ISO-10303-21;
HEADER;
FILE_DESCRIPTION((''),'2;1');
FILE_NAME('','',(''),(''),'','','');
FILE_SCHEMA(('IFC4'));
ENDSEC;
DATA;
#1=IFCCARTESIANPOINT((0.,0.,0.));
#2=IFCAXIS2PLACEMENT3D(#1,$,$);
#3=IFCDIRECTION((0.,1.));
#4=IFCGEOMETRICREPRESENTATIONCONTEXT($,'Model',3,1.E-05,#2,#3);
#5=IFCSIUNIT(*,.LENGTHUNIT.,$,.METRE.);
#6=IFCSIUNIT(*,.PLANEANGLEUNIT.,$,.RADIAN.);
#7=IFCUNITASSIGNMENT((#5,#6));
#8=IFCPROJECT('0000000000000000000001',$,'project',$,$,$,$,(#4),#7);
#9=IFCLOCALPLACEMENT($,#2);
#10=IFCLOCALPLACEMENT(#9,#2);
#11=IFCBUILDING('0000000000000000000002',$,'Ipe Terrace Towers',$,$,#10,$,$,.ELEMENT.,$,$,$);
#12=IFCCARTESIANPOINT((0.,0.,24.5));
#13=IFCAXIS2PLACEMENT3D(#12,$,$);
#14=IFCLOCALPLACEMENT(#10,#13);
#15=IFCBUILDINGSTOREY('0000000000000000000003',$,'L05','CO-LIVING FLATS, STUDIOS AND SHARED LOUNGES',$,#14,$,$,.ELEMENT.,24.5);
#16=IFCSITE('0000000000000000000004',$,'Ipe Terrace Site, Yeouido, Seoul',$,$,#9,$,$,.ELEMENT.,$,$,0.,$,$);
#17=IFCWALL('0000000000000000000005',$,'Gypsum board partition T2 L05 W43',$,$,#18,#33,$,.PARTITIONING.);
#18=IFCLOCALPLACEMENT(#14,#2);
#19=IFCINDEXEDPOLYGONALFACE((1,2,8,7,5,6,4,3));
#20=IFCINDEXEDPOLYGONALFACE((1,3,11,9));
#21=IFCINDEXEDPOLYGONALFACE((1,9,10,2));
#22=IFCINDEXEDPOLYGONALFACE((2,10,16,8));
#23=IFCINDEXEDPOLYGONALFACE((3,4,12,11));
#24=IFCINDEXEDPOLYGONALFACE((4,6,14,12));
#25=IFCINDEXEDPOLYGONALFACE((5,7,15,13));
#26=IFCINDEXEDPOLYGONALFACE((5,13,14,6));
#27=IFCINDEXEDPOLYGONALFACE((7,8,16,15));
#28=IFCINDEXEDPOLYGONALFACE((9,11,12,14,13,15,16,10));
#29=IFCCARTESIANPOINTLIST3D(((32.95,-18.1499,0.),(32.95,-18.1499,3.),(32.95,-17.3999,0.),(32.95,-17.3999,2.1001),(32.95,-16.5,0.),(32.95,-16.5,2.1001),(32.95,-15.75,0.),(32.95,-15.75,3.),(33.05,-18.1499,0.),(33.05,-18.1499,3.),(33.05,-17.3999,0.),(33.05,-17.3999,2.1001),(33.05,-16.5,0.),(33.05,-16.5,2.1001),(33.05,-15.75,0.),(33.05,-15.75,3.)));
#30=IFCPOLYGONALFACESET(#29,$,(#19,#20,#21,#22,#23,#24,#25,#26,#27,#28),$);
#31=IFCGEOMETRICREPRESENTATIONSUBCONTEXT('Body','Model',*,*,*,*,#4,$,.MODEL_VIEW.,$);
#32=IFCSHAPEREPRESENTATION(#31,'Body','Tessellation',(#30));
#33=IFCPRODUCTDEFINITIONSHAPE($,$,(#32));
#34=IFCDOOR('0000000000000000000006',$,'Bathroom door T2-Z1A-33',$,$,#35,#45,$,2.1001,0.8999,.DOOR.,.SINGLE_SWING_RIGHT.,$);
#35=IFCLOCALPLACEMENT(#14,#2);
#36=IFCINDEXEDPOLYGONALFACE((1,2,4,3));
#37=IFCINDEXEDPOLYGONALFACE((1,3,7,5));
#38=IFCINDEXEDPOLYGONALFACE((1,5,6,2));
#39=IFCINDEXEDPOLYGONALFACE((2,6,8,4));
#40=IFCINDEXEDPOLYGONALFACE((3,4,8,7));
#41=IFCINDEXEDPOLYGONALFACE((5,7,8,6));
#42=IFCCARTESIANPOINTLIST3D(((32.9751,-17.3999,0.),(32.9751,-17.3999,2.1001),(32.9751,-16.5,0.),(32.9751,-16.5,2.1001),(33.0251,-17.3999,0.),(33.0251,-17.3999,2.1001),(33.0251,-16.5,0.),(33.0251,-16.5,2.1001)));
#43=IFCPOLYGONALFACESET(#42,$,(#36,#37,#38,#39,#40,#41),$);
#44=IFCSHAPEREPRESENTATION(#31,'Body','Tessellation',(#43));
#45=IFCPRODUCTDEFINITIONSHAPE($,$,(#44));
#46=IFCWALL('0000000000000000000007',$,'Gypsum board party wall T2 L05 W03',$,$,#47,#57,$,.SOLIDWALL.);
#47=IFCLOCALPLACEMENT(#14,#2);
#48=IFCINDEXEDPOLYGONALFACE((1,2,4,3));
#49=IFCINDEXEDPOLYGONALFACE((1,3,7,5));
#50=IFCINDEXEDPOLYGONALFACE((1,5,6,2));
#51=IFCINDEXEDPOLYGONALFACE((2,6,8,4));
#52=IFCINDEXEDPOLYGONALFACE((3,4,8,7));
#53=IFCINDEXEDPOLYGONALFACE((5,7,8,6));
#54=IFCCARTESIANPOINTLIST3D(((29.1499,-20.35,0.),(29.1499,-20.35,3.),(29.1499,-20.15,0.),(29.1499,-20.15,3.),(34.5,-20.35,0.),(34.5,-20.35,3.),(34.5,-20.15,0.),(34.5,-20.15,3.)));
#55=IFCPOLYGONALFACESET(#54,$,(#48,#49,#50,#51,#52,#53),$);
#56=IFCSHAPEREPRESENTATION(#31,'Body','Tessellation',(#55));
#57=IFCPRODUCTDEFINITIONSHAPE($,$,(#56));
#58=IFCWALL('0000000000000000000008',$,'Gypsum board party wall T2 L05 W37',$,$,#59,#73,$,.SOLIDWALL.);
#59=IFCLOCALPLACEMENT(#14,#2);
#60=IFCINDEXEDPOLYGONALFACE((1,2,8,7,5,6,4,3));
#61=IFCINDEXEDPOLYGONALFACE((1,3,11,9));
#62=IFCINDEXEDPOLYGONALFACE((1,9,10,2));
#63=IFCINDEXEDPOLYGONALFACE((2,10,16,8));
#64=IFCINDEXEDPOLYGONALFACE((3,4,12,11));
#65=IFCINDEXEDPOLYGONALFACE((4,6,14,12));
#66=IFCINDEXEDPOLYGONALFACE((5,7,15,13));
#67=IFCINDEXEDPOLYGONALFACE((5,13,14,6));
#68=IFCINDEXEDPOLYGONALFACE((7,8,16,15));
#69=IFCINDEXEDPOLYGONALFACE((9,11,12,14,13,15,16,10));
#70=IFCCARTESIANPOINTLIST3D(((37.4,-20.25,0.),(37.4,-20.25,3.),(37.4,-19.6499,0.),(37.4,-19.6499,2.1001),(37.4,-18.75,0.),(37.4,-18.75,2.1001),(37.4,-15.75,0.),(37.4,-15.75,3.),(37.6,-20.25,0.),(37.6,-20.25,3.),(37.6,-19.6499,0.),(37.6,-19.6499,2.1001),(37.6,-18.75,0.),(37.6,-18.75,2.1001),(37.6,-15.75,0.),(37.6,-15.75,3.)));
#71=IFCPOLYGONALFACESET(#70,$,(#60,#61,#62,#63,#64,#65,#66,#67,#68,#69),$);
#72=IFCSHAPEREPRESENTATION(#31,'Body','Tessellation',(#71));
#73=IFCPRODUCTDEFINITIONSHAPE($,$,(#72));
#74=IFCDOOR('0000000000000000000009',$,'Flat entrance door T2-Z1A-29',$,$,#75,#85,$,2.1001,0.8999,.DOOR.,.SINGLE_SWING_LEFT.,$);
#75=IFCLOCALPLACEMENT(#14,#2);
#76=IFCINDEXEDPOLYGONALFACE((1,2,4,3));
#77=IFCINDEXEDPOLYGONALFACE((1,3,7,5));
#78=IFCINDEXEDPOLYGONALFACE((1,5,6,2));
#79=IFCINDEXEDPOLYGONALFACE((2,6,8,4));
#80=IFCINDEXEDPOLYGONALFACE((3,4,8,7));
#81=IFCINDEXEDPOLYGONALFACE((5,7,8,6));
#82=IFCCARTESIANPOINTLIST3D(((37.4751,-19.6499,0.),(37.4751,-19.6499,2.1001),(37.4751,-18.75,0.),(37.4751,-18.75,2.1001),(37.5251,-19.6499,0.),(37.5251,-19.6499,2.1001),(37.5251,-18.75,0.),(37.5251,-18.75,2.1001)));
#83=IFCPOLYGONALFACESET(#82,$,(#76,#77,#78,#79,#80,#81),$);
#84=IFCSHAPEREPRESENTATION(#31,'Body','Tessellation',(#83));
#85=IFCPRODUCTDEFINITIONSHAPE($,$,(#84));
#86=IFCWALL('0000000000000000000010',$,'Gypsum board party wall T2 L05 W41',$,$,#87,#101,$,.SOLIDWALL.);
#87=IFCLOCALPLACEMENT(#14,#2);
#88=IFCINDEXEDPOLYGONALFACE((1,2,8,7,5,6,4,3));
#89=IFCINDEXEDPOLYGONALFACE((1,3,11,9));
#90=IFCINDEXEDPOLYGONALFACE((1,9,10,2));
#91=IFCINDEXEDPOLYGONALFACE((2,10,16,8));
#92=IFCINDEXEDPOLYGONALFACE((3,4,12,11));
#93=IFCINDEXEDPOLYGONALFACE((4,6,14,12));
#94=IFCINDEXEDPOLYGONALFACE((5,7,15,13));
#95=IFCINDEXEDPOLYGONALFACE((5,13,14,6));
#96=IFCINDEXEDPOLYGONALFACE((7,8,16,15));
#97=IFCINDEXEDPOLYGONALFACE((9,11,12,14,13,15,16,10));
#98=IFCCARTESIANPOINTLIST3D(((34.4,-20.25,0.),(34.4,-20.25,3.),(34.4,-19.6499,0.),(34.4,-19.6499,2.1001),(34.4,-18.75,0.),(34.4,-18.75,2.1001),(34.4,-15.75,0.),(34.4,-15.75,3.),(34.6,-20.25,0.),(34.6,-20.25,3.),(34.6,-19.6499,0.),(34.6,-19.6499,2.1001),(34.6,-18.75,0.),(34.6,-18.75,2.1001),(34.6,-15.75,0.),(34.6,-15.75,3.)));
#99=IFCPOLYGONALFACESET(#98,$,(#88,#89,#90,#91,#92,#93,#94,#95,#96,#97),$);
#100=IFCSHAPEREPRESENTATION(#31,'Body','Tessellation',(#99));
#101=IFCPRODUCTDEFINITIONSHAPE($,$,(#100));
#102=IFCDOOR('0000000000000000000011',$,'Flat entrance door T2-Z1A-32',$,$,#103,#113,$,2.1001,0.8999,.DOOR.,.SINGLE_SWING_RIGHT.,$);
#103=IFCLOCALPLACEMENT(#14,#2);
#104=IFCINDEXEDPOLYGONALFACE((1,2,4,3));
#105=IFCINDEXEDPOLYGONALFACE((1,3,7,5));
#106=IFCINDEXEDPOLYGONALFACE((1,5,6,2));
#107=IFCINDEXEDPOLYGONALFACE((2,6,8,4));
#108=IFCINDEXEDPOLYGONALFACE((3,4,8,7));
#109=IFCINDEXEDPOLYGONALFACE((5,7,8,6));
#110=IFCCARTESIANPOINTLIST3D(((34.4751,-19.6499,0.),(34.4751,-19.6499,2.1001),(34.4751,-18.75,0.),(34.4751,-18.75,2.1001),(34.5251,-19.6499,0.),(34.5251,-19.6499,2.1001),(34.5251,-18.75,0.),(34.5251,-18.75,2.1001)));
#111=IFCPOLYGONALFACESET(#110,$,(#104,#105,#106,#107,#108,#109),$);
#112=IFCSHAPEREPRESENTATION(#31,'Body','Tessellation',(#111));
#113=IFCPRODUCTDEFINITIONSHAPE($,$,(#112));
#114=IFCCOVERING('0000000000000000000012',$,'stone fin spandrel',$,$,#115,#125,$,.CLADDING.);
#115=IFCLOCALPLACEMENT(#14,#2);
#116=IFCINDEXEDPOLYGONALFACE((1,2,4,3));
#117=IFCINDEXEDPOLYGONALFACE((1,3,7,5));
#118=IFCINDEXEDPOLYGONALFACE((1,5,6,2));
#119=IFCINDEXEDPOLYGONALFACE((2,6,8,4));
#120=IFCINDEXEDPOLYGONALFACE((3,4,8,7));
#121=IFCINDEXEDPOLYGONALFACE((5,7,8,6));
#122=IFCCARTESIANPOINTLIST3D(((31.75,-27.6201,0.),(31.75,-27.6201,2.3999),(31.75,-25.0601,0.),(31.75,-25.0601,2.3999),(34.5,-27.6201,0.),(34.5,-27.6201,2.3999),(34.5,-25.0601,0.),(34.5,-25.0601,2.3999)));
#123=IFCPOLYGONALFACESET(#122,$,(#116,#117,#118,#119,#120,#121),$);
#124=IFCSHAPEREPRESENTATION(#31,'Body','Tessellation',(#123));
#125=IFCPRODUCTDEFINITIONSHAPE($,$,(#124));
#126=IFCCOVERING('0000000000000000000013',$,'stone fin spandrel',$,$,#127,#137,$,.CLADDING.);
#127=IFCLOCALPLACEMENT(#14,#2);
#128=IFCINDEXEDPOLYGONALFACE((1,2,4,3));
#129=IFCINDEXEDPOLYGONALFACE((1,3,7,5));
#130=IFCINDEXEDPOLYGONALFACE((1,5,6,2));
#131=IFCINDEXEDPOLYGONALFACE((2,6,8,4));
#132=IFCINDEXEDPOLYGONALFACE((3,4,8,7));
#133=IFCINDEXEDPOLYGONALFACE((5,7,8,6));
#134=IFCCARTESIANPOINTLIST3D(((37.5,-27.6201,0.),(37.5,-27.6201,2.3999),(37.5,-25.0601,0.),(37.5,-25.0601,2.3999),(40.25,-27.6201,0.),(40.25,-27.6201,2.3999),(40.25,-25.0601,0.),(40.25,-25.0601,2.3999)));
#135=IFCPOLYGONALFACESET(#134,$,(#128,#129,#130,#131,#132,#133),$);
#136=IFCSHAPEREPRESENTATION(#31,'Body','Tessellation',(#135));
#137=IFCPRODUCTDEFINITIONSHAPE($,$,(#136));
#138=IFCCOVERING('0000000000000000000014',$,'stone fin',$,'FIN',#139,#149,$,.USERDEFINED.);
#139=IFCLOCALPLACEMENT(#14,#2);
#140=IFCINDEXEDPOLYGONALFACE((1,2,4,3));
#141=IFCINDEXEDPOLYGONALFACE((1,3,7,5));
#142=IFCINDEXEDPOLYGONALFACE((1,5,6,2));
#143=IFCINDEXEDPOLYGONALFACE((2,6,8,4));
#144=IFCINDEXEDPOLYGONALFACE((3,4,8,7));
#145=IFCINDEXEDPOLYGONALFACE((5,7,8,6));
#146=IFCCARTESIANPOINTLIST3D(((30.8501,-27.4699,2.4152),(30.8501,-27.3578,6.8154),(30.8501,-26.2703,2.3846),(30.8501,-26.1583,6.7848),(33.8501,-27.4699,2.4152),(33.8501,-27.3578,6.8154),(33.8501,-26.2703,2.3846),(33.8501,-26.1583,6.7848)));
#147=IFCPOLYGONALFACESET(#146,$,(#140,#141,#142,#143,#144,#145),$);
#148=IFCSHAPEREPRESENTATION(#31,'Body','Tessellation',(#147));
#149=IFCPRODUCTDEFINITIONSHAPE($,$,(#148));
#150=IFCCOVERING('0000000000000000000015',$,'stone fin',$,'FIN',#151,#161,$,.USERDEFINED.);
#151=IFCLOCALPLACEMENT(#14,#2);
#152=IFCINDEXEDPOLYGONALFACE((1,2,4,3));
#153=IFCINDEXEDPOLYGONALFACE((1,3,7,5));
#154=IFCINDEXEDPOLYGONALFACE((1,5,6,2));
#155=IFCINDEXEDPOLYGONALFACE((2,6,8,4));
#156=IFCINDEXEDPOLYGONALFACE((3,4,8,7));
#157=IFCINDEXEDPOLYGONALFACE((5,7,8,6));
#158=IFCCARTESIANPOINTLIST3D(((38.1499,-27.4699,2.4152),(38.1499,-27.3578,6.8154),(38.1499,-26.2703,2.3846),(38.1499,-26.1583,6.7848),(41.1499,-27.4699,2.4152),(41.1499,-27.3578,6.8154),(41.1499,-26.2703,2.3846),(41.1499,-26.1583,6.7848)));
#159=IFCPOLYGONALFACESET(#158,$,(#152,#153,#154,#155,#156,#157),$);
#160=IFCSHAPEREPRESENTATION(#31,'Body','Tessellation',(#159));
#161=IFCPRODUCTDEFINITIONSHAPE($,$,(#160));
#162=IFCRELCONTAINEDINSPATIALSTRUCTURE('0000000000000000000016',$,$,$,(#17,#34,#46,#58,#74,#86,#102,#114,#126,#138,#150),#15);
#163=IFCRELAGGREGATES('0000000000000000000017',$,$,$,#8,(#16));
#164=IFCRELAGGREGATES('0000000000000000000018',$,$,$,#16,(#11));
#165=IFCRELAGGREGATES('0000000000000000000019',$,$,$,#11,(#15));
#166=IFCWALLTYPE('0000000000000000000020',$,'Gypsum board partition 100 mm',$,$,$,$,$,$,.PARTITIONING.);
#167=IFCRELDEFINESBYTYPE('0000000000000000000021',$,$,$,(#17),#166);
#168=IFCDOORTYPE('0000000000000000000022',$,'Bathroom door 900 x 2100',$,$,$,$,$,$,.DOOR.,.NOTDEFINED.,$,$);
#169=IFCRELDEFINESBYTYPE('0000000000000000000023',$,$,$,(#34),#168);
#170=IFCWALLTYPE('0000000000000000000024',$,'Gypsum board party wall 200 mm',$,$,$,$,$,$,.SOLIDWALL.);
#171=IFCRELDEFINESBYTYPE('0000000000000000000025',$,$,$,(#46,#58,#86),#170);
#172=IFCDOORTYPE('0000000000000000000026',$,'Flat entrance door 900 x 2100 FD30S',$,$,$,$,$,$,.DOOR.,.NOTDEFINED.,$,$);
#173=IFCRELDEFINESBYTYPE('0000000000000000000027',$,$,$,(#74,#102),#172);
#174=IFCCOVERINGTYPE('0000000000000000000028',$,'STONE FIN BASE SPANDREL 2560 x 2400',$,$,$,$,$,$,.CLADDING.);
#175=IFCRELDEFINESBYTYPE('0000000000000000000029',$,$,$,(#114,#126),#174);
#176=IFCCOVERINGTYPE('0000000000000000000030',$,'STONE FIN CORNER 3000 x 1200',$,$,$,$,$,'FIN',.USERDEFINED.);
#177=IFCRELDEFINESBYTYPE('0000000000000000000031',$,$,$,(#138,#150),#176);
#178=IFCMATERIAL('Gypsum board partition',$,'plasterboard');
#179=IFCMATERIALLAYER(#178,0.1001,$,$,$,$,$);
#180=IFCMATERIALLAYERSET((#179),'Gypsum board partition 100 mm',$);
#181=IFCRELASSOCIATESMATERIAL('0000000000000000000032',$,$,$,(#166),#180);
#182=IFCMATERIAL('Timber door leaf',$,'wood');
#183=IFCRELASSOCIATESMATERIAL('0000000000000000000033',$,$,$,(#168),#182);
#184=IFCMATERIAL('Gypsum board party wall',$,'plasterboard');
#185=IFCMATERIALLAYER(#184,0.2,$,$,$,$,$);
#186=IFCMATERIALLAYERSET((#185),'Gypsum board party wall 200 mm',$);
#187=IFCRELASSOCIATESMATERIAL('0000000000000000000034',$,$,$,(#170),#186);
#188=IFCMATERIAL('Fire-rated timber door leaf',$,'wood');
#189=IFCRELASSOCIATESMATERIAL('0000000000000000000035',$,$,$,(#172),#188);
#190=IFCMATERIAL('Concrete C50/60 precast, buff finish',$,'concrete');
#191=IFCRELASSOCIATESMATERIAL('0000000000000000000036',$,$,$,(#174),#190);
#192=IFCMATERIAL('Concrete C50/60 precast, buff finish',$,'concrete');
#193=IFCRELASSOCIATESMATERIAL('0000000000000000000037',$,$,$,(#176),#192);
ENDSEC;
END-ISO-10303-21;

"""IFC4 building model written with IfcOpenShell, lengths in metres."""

from ifc_helpers import new_model, si_unit, direction, frame, frame_2d, origin, origin_2d, place, context, subcontext, project, spatial, rectangle, extrude, material, layer, layer_set, material_profile, profile_set, type_object, element, fill, save


model = new_model("IFC4")

# Units and contexts
model_context = context("Model", 3, precision=1e-05, world=origin(), true_north=direction((0.0, 1.0)))
body_context = subcontext(model_context, "Body", "Model", "MODEL_VIEW")
ifc_project = project(units=[si_unit("LENGTHUNIT", "METRE"), si_unit("PLANEANGLEUNIT", "RADIAN")], contexts=[model_context])

# Site, building, storey
site_placement = place(None, origin())
site = spatial("IfcSite", under=ifc_project, at=site_placement, Name="Ipe Terrace Site, Yeouido, Seoul", CompositionType="ELEMENT", RefElevation=0.0)
building_placement = place(site_placement, origin())
building = spatial("IfcBuilding", under=site, at=building_placement, Name="Ipe Terrace Towers", CompositionType="ELEMENT")
storey_placement = place(building_placement, frame((0.0, 0.0, 24.5)))
storey = spatial("IfcBuildingStorey", under=building, at=storey_placement, Name="L05", Description="CO-LIVING FLATS, STUDIOS AND SHARED LOUNGES", CompositionType="ELEMENT", Elevation=24.5)

# Shared definitions
ifc_material_1 = material(Name="Gypsum board partition", Category="plasterboard")
ifc_layer_1 = layer(ifc_material_1, 0.1001)
ifc_layer_set_1 = layer_set([ifc_layer_1], Name="Gypsum board partition 100 mm")
wall_type_1 = type_object("IfcWallType", Name="Gypsum board partition 100 mm", PredefinedType="PARTITIONING", material=ifc_layer_set_1)

# Wall, opening, door
wall_1_placement = place(storey_placement, frame((33.0, -18.1499, 0.0), z_axis=(0.0, 0.0, 1.0), x_axis=(0.0, 1.0, 0.0)))
wall_1 = element("IfcWall", 1, at=wall_1_placement, inside=storey, type_object=wall_type_1, Name="Gypsum board partition T2 L05 W43", PredefinedType="PARTITIONING", context=body_context, shape_type="SweptSolid", body=[
    extrude(rectangle(XDim=2.3999, YDim=0.1001, at=frame_2d((1.2, 0.0))), origin(), (0.0, 0.0, 1.0), 3.0),
])
opening_1_placement = place(wall_1_placement, frame((0.75, 0.0, 0.0)))
opening_1 = element("IfcOpeningElement", 2, at=opening_1_placement, cuts=wall_1, PredefinedType="OPENING", context=body_context, shape_type="SweptSolid", body=[
    extrude(rectangle(XDim=0.8999, YDim=2.1001, at=frame_2d((0.45, 1.05))), frame((0.0, 0.0601, 0.0), z_axis=(0.0, -1.0, 0.0), x_axis=(1.0, 0.0, 0.0)), (0.0, 0.0, 1.0), 0.1201),
])
ifc_material_2 = material(Name="Timber door leaf", Category="wood")
door_type_1 = type_object("IfcDoorType", Name="Bathroom door 900 x 2100", OperationType="NOTDEFINED", PredefinedType="DOOR", material=ifc_material_2)
door_1_placement = place(opening_1_placement, origin())
door_1 = element("IfcDoor", 3, at=door_1_placement, inside=storey, type_object=door_type_1, Name="Bathroom door T2-Z1A-33", OperationType="SINGLE_SWING_RIGHT", OverallHeight=2.1001, OverallWidth=0.8999, PredefinedType="DOOR", context=body_context, shape_type="SweptSolid", body=[
    extrude(rectangle(XDim=0.8999, YDim=2.1001, at=frame_2d((0.45, 1.05))), frame((0.0, 0.0249, 0.0), z_axis=(0.0, -1.0, 0.0), x_axis=(1.0, 0.0, 0.0)), (0.0, 0.0, 1.0), 0.05),
])
fill(opening_1, door_1)

# Wall
ifc_material_3 = material(Name="Gypsum board party wall", Category="plasterboard")
ifc_layer_2 = layer(ifc_material_3, 0.2)
ifc_layer_set_2 = layer_set([ifc_layer_2], Name="Gypsum board party wall 200 mm")
wall_type_2 = type_object("IfcWallType", Name="Gypsum board party wall 200 mm", PredefinedType="SOLIDWALL", material=ifc_layer_set_2)
wall_2_placement = place(storey_placement, frame((34.5, -20.25, 0.0), z_axis=(0.0, 0.0, 1.0), x_axis=(-1.0, 0.0, 0.0)))
element("IfcWall", 4, at=wall_2_placement, inside=storey, type_object=wall_type_2, Name="Gypsum board party wall T2 L05 W03", PredefinedType="SOLIDWALL", context=body_context, shape_type="SweptSolid", body=[
    extrude(rectangle(XDim=5.3501, YDim=0.2, at=frame_2d((2.675, 0.0))), origin(), (0.0, 0.0, 1.0), 3.0),
])

# Walls, openings, doors
wall_3_placement = place(storey_placement, frame((37.5, -20.25, 0.0), z_axis=(0.0, 0.0, 1.0), x_axis=(0.0, 1.0, 0.0)))
wall_3 = element("IfcWall", 5, at=wall_3_placement, inside=storey, type_object=wall_type_2, Name="Gypsum board party wall T2 L05 W37", PredefinedType="SOLIDWALL", context=body_context, shape_type="SweptSolid", body=[
    extrude(rectangle(XDim=4.5, YDim=0.2, at=frame_2d((2.25, 0.0))), origin(), (0.0, 0.0, 1.0), 3.0),
])
opening_2_placement = place(wall_3_placement, frame((0.6001, 0.0, 0.0)))
opening_2 = element("IfcOpeningElement", 6, at=opening_2_placement, cuts=wall_3, PredefinedType="OPENING", context=body_context, shape_type="SweptSolid", body=[
    extrude(rectangle(XDim=0.8999, YDim=2.1001, at=frame_2d((0.45, 1.05))), frame((0.0, 0.1099, 0.0), z_axis=(0.0, -1.0, 0.0), x_axis=(1.0, 0.0, 0.0)), (0.0, 0.0, 1.0), 0.22),
])
ifc_material_4 = material(Name="Fire-rated timber door leaf", Category="wood")
door_type_2 = type_object("IfcDoorType", Name="Flat entrance door 900 x 2100 FD30S", OperationType="NOTDEFINED", PredefinedType="DOOR", material=ifc_material_4)
door_2_placement = place(opening_2_placement, origin())
door_2 = element("IfcDoor", 7, at=door_2_placement, inside=storey, type_object=door_type_2, Name="Flat entrance door T2-Z1A-29", OperationType="SINGLE_SWING_LEFT", OverallHeight=2.1001, OverallWidth=0.8999, PredefinedType="DOOR", context=body_context, shape_type="SweptSolid", body=[
    extrude(rectangle(XDim=0.8999, YDim=2.1001, at=frame_2d((0.45, 1.05))), frame((0.0, 0.0249, 0.0), z_axis=(0.0, -1.0, 0.0), x_axis=(1.0, 0.0, 0.0)), (0.0, 0.0, 1.0), 0.05),
])
fill(opening_2, door_2)
wall_4_placement = place(storey_placement, frame((34.5, -20.25, 0.0), z_axis=(0.0, 0.0, 1.0), x_axis=(0.0, 1.0, 0.0)))
wall_4 = element("IfcWall", 8, at=wall_4_placement, inside=storey, type_object=wall_type_2, Name="Gypsum board party wall T2 L05 W41", PredefinedType="SOLIDWALL", context=body_context, shape_type="SweptSolid", body=[
    extrude(rectangle(XDim=4.5, YDim=0.2, at=frame_2d((2.25, 0.0))), origin(), (0.0, 0.0, 1.0), 3.0),
])
opening_3_placement = place(wall_4_placement, frame((0.6001, 0.0, 0.0)))
opening_3 = element("IfcOpeningElement", 9, at=opening_3_placement, cuts=wall_4, PredefinedType="OPENING", context=body_context, shape_type="SweptSolid", body=[
    extrude(rectangle(XDim=0.8999, YDim=2.1001, at=frame_2d((0.45, 1.05))), frame((0.0, 0.1099, 0.0), z_axis=(0.0, -1.0, 0.0), x_axis=(1.0, 0.0, 0.0)), (0.0, 0.0, 1.0), 0.22),
])
door_3_placement = place(opening_3_placement, origin())
door_3 = element("IfcDoor", 10, at=door_3_placement, inside=storey, type_object=door_type_2, Name="Flat entrance door T2-Z1A-32", OperationType="SINGLE_SWING_RIGHT", OverallHeight=2.1001, OverallWidth=0.8999, PredefinedType="DOOR", context=body_context, shape_type="SweptSolid", body=[
    extrude(rectangle(XDim=0.8999, YDim=2.1001, at=frame_2d((0.45, 1.05))), frame((0.0, 0.0249, 0.0), z_axis=(0.0, -1.0, 0.0), x_axis=(1.0, 0.0, 0.0)), (0.0, 0.0, 1.0), 0.05),
])
fill(opening_3, door_3)

# Coverings
ifc_material_5 = material(Name="Concrete C50/60 precast, buff finish", Category="concrete")
ifc_material_profile_1 = material_profile(ifc_material_5, rectangle(XDim=2.5601, YDim=2.3999, at=origin_2d()), Name="STONE FIN BASE SPANDREL 2560 x 2400")
ifc_profile_set_1 = profile_set([ifc_material_profile_1], Name="Concrete C50/60 precast, buff finish")
covering_type_1 = type_object("IfcCoveringType", Name="STONE FIN BASE SPANDREL 2560 x 2400", PredefinedType="CLADDING", material=ifc_profile_set_1)
for number, where, z_axis, x_axis, name in (
    (11, (31.75, -26.3401, 1.2), (1.0, 0.0, 0.0), (0.0, -1.0, 0.0), "stone fin spandrel"),
    (12, (37.5, -26.3401, 1.2), (1.0, 0.0, 0.0), (0.0, -1.0, 0.0), "stone fin spandrel"),
):
    element("IfcCovering", number, at=place(storey_placement, frame(where, z_axis=z_axis, x_axis=x_axis)), inside=storey, type_object=covering_type_1, Name=name, PredefinedType="CLADDING", context=body_context, shape_type="SweptSolid", body=[
        extrude(rectangle(XDim=2.5601, YDim=2.3999, at=origin_2d()), origin(), (0.0, 0.0, 1.0), 2.75),
    ])
ifc_material_6 = material(Name="Concrete C50/60 precast, buff finish", Category="concrete")
ifc_material_profile_2 = material_profile(ifc_material_6, rectangle(XDim=3.0, YDim=1.2, at=origin_2d()), Name="STONE FIN CORNER 3000 x 1200")
ifc_profile_set_2 = profile_set([ifc_material_profile_2], Name="Concrete C50/60 precast, buff finish")
covering_type_2 = type_object("IfcCoveringType", Name="STONE FIN CORNER 3000 x 1200", ElementType="FIN", PredefinedType="USERDEFINED", material=ifc_profile_set_2)
for number, where, z_axis, x_axis, name in (
    (13, (32.3501, -26.8701, 2.3999), (0.0, 0.025459, 0.999676), (1.0, 0.0, 0.0), "stone fin"),
    (14, (39.6499, -26.8701, 2.3999), (0.0, 0.025459, 0.999676), (1.0, 0.0, 0.0), "stone fin"),
):
    element("IfcCovering", number, at=place(storey_placement, frame(where, z_axis=z_axis, x_axis=x_axis)), inside=storey, type_object=covering_type_2, Name=name, ObjectType="FIN", PredefinedType="USERDEFINED", context=body_context, shape_type="SweptSolid", body=[
        extrude(rectangle(XDim=3.0, YDim=1.2, at=origin_2d()), origin(), (0.0, 0.0, 1.0), 4.4016),
    ])

save(model, "model.ifc")
